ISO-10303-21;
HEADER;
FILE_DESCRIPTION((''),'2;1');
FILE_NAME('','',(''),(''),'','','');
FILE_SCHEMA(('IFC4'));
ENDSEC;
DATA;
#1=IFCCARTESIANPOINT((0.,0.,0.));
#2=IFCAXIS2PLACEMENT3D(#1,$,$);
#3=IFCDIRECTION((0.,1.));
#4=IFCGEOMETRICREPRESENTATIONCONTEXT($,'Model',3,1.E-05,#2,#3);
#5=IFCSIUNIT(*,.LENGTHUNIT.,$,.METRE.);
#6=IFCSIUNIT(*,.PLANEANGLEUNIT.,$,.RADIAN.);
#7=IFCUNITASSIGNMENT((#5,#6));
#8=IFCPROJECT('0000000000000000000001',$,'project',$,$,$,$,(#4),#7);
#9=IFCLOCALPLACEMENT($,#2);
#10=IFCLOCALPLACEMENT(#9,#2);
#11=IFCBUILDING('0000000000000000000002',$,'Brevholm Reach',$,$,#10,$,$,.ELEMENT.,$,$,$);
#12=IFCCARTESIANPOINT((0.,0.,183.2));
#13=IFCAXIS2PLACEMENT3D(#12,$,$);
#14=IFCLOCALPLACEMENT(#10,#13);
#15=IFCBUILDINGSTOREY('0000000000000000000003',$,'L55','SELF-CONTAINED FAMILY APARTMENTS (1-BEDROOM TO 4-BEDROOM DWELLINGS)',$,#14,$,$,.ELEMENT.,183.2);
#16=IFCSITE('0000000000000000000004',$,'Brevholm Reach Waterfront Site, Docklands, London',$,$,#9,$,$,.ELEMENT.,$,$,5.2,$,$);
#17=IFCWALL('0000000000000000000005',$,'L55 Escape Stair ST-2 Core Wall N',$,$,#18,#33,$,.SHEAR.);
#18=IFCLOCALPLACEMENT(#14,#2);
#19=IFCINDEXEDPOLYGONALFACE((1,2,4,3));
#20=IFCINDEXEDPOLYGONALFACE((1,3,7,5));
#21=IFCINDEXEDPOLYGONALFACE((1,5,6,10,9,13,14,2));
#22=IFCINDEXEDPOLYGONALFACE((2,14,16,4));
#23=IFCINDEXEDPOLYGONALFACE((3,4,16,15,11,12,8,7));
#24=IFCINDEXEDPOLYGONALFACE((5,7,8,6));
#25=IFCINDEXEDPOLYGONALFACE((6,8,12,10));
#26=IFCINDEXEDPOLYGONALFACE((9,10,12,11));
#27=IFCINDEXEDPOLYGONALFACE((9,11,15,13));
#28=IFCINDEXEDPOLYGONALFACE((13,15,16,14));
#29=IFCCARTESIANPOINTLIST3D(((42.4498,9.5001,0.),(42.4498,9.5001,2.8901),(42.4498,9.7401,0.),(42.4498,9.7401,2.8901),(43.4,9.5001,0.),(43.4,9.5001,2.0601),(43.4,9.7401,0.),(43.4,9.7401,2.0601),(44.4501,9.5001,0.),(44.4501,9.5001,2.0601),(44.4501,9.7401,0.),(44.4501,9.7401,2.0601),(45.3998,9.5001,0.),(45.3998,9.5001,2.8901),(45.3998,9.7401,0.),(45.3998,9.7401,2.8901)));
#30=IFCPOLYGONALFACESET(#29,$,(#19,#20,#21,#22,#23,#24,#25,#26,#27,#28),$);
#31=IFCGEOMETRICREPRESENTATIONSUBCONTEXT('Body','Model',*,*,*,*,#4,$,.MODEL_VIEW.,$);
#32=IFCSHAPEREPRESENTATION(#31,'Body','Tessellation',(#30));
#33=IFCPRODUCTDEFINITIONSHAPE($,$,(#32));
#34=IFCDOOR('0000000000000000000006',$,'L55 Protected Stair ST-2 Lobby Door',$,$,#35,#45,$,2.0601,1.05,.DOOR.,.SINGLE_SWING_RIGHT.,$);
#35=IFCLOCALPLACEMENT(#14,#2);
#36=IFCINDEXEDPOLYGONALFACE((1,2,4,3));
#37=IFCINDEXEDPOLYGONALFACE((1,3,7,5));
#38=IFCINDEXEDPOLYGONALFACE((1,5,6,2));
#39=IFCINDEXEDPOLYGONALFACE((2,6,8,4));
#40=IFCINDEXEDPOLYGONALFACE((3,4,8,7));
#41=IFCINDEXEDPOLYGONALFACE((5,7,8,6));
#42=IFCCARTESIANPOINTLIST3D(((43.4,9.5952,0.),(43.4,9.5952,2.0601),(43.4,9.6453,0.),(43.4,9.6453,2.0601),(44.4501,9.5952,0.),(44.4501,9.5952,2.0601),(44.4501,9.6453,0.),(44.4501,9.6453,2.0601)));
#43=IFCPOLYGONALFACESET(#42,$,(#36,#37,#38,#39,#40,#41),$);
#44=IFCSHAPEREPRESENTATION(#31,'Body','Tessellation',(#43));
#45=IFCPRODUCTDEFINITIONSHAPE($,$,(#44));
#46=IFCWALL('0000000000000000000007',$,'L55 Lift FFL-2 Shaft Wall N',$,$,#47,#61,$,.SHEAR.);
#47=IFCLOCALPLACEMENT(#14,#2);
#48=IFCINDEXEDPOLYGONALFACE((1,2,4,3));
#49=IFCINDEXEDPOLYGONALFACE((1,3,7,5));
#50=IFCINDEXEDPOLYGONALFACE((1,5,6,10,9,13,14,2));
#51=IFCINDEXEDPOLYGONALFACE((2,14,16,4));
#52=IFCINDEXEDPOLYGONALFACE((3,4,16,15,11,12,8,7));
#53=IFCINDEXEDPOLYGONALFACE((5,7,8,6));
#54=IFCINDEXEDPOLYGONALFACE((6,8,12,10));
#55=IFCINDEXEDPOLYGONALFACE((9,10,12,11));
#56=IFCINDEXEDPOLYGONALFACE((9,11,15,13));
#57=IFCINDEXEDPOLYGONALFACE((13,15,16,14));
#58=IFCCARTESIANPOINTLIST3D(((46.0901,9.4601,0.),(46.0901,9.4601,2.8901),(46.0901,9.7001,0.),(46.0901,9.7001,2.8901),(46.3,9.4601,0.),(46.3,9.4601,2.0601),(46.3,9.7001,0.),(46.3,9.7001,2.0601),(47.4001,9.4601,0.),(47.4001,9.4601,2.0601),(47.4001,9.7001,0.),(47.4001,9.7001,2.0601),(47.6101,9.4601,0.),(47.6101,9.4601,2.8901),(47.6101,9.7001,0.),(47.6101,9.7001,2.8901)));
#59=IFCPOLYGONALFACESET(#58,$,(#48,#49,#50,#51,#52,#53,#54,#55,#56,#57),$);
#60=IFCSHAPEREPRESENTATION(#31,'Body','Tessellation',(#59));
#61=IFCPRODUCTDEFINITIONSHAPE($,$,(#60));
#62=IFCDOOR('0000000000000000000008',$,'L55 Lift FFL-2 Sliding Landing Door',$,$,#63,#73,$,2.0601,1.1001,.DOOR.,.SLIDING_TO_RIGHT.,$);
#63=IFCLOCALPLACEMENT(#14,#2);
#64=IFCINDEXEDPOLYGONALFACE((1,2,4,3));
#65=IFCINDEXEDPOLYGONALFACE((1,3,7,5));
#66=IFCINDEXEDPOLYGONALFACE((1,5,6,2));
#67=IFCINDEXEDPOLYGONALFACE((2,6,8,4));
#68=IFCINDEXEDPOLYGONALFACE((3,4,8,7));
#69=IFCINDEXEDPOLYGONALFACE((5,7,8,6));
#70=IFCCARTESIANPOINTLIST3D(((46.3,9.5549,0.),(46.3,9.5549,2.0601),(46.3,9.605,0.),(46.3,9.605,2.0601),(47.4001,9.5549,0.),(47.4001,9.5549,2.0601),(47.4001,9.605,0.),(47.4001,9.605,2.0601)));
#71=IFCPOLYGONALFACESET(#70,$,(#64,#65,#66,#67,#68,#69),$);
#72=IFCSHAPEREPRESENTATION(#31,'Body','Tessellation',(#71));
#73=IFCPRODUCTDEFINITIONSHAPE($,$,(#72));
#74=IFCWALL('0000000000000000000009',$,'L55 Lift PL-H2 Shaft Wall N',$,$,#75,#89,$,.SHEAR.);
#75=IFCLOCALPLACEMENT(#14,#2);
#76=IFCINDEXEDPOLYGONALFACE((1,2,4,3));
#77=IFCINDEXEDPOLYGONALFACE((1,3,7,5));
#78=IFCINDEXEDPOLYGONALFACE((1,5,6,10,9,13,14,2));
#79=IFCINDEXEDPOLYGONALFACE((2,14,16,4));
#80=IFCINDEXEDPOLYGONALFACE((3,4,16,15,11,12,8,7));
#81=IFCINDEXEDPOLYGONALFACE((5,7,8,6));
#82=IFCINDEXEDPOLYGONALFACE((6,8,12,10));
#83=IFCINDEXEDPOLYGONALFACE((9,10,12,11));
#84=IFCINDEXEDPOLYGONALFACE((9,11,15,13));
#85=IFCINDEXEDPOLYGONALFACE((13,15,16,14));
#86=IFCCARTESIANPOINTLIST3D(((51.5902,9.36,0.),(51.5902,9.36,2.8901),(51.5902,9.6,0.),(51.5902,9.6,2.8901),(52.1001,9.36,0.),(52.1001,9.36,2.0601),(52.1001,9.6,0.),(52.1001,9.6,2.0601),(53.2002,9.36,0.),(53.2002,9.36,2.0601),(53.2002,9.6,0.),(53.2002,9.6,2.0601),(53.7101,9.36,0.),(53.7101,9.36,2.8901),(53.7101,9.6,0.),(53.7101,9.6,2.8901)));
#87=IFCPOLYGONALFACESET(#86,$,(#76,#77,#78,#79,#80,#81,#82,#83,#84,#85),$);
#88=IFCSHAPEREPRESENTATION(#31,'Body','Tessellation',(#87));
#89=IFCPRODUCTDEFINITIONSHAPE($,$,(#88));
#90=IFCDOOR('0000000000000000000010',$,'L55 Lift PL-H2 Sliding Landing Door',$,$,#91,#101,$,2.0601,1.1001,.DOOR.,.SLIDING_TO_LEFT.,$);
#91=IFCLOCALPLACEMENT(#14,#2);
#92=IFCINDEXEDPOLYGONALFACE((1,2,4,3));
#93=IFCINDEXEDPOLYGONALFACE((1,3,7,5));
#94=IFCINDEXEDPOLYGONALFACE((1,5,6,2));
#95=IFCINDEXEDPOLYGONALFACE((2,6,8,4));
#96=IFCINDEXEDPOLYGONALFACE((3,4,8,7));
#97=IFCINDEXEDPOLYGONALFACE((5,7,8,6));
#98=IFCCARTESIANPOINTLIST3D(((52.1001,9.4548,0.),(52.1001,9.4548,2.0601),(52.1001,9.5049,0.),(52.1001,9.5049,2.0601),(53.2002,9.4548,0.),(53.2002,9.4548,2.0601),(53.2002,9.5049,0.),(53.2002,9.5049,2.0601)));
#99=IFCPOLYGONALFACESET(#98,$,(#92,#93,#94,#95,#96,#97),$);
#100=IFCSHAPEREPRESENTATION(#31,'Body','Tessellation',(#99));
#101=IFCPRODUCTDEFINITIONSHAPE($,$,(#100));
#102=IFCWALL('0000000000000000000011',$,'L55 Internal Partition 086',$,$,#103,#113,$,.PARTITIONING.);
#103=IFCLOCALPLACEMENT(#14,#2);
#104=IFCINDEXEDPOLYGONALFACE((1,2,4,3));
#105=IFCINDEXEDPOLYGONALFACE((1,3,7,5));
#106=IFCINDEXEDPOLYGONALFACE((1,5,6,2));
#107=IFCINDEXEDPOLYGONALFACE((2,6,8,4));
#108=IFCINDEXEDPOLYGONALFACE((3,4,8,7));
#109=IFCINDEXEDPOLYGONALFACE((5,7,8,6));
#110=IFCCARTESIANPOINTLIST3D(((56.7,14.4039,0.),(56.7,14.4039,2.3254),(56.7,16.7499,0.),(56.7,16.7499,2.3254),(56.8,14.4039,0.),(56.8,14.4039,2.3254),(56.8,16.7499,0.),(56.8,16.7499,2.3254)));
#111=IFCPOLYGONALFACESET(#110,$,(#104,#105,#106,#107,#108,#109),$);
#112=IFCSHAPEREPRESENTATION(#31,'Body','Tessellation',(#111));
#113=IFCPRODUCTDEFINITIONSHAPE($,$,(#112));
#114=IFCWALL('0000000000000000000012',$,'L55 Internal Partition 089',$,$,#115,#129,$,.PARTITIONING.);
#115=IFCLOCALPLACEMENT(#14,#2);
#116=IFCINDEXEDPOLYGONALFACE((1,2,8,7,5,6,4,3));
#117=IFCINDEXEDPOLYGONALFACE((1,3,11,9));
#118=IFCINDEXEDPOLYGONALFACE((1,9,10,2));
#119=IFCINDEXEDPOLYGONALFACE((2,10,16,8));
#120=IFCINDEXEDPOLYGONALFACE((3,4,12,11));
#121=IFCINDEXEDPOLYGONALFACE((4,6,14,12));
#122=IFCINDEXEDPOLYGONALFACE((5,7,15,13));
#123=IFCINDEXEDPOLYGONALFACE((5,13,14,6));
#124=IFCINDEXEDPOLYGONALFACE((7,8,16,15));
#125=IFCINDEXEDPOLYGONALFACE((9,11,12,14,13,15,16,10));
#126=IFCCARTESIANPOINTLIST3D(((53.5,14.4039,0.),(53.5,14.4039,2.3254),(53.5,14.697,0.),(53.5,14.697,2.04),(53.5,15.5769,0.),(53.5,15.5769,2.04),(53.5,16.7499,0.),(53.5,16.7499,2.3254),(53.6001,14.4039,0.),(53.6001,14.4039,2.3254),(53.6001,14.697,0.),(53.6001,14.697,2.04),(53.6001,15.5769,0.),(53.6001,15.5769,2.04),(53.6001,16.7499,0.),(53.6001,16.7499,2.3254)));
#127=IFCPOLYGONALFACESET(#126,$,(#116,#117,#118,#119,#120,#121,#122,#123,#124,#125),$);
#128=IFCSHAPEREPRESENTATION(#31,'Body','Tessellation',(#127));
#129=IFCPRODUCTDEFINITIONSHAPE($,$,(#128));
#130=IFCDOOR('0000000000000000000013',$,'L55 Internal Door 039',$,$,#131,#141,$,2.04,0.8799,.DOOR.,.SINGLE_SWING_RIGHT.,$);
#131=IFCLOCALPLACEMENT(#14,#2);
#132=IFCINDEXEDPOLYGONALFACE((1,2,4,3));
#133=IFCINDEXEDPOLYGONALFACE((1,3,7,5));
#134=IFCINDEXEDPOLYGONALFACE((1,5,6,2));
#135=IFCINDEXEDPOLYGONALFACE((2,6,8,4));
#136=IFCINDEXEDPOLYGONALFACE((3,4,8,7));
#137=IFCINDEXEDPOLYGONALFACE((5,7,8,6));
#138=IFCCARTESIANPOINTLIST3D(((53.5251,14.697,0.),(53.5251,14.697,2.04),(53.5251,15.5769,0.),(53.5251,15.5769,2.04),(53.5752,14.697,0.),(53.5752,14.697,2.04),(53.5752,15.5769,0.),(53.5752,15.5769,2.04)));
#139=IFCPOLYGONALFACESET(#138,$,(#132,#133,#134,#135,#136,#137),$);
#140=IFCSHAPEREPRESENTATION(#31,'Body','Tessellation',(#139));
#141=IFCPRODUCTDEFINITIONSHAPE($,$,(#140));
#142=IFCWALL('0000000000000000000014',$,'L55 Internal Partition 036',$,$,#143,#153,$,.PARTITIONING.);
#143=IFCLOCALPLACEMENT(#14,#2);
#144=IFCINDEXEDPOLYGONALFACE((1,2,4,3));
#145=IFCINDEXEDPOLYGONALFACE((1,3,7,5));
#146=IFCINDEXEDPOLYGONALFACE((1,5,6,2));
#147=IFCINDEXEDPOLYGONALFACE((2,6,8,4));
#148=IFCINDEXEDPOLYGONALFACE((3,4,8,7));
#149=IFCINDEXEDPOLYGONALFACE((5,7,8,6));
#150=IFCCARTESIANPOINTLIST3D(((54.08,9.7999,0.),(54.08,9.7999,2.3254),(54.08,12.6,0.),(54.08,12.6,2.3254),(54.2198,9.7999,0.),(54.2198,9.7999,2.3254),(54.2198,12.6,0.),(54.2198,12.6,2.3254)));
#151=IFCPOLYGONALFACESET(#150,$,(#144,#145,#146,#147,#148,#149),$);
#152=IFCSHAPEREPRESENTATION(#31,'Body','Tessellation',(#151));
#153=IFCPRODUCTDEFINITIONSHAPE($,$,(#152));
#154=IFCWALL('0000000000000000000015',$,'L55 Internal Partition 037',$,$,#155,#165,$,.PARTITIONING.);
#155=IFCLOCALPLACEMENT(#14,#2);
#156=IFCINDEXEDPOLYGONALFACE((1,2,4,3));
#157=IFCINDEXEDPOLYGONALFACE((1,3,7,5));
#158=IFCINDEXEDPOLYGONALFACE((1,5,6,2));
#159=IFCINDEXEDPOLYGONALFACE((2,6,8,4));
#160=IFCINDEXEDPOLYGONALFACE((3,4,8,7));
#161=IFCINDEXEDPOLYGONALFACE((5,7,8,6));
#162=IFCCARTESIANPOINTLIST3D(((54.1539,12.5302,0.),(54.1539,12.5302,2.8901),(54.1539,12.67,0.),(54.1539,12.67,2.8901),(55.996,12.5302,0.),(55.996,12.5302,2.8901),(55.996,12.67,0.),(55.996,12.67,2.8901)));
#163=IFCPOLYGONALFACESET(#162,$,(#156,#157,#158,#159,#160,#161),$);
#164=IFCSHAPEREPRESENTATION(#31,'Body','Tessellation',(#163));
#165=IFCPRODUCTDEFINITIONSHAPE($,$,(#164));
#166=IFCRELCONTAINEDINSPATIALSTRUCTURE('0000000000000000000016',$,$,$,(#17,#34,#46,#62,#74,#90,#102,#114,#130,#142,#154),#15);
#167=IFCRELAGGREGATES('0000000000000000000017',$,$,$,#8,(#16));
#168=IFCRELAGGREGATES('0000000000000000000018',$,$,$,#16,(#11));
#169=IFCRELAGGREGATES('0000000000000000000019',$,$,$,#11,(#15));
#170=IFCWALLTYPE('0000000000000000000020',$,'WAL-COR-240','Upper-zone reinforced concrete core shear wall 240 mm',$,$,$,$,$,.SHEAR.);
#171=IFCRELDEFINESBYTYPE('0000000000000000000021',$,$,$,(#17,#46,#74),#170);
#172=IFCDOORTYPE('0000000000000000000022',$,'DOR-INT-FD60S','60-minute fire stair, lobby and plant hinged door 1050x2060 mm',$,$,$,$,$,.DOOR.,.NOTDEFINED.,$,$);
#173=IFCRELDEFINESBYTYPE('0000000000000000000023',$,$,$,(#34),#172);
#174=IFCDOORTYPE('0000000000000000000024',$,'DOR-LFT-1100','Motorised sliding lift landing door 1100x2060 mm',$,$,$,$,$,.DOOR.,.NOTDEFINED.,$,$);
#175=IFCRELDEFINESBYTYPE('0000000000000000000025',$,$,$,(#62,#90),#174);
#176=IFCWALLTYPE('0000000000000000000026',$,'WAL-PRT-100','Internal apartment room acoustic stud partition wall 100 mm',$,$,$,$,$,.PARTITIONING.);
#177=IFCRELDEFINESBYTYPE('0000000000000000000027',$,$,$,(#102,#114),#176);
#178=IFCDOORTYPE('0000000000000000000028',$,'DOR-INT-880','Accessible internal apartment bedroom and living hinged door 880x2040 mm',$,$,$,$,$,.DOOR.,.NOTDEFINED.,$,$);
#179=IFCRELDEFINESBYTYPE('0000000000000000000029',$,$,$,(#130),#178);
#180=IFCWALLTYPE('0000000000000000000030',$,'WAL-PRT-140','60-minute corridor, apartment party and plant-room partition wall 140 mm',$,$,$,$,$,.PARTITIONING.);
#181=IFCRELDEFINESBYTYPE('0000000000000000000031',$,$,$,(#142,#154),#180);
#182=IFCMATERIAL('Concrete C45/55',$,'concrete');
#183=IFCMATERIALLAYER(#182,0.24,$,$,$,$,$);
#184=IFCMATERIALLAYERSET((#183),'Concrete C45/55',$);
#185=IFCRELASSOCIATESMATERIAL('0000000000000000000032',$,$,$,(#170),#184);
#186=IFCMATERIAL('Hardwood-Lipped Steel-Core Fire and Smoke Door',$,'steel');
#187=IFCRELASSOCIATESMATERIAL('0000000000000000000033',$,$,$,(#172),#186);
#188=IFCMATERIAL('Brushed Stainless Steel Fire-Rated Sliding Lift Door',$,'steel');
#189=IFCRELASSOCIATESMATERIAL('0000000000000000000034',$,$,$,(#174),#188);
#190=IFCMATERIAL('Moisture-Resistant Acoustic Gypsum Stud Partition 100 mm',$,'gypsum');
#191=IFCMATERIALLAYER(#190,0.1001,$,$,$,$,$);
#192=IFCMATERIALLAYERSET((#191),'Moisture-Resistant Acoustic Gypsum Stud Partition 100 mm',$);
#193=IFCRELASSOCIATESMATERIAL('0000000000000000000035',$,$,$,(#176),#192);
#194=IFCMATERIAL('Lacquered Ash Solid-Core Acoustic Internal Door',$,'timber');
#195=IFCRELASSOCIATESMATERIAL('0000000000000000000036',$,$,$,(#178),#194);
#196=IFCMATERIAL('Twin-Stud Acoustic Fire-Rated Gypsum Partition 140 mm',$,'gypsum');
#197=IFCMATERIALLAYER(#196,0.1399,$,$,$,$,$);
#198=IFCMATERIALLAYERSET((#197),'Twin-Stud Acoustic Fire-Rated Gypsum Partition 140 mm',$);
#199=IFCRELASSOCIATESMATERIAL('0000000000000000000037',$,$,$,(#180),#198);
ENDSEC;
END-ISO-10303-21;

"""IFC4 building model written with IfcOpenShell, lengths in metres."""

from ifc_helpers import new_model, si_unit, direction, frame, frame_2d, origin, place, context, subcontext, project, spatial, rectangle, extrude, material, layer, layer_set, type_object, element, fill, save


model = new_model("IFC4")

# Units and contexts
model_context = context("Model", 3, precision=1e-05, world=origin(), true_north=direction((0.0, 1.0)))
body_context = subcontext(model_context, "Body", "Model", "MODEL_VIEW")
ifc_project = project(units=[si_unit("LENGTHUNIT", "METRE"), si_unit("PLANEANGLEUNIT", "RADIAN")], contexts=[model_context])

# Site, building, storey
site_placement = place(None, origin())
site = spatial("IfcSite", under=ifc_project, at=site_placement, Name="Brevholm Reach Waterfront Site, Docklands, London", CompositionType="ELEMENT", RefElevation=5.2)
building_placement = place(site_placement, origin())
building = spatial("IfcBuilding", under=site, at=building_placement, Name="Brevholm Reach", CompositionType="ELEMENT")
storey_placement = place(building_placement, frame((0.0, 0.0, 183.2)))
storey = spatial("IfcBuildingStorey", under=building, at=storey_placement, Name="L55", Description="SELF-CONTAINED FAMILY APARTMENTS (1-BEDROOM TO 4-BEDROOM DWELLINGS)", CompositionType="ELEMENT", Elevation=183.2)

# Walls, openings, doors
ifc_material_1 = material(Name="Concrete C45/55", Category="concrete")
ifc_layer_1 = layer(ifc_material_1, 0.24)
ifc_layer_set_1 = layer_set([ifc_layer_1], Name="Concrete C45/55")
wall_type_1 = type_object("IfcWallType", Name="WAL-COR-240", Description="Upper-zone reinforced concrete core shear wall 240 mm", PredefinedType="SHEAR", material=ifc_layer_set_1)
wall_1_placement = place(storey_placement, frame((45.3999, 9.6201, 0.0), z_axis=(0.0, 0.0, 1.0), x_axis=(-1.0, 0.0, 0.0)))
wall_1 = element("IfcWall", 1, at=wall_1_placement, inside=storey, type_object=wall_type_1, Name="L55 Escape Stair ST-2 Core Wall N", PredefinedType="SHEAR", context=body_context, shape_type="SweptSolid", body=[
    extrude(rectangle(XDim=2.95, YDim=0.24, at=frame_2d((1.4751, 0.0))), origin(), (0.0, 0.0, 1.0), 2.8901),
])
opening_1_placement = place(wall_1_placement, frame((0.95, 0.0, 0.0)))
opening_1 = element("IfcOpeningElement", 2, at=opening_1_placement, cuts=wall_1, PredefinedType="OPENING", context=body_context, shape_type="SweptSolid", body=[
    extrude(rectangle(XDim=1.05, YDim=2.0601, at=frame_2d((0.5249, 1.03))), frame((0.0, 0.1299, 0.0), z_axis=(0.0, -1.0, 0.0), x_axis=(1.0, 0.0, 0.0)), (0.0, 0.0, 1.0), 0.26),
])
ifc_material_2 = material(Name="Hardwood-Lipped Steel-Core Fire and Smoke Door", Category="steel")
door_type_1 = type_object("IfcDoorType", Name="DOR-INT-FD60S", Description="60-minute fire stair, lobby and plant hinged door 1050x2060 mm", OperationType="NOTDEFINED", PredefinedType="DOOR", material=ifc_material_2)
door_1_placement = place(opening_1_placement, origin())
door_1 = element("IfcDoor", 3, at=door_1_placement, inside=storey, type_object=door_type_1, Name="L55 Protected Stair ST-2 Lobby Door", OperationType="SINGLE_SWING_RIGHT", OverallHeight=2.0601, OverallWidth=1.05, PredefinedType="DOOR", context=body_context, shape_type="SweptSolid", body=[
    extrude(rectangle(XDim=1.05, YDim=2.0601, at=frame_2d((0.5249, 1.03))), frame((0.0, 0.0249, 0.0), z_axis=(0.0, -1.0, 0.0), x_axis=(1.0, 0.0, 0.0)), (0.0, 0.0, 1.0), 0.05),
])
fill(opening_1, door_1)
wall_2_placement = place(storey_placement, frame((46.0901, 9.5801, 0.0), z_axis=(0.0, 0.0, 1.0), x_axis=(1.0, 0.0, 0.0)))
wall_2 = element("IfcWall", 4, at=wall_2_placement, inside=storey, type_object=wall_type_1, Name="L55 Lift FFL-2 Shaft Wall N", PredefinedType="SHEAR", context=body_context, shape_type="SweptSolid", body=[
    extrude(rectangle(XDim=1.52, YDim=0.24, at=frame_2d((0.76, 0.0))), origin(), (0.0, 0.0, 1.0), 2.8901),
])
opening_2_placement = place(wall_2_placement, frame((0.21, 0.0, 0.0)))
opening_2 = element("IfcOpeningElement", 5, at=opening_2_placement, cuts=wall_2, PredefinedType="OPENING", context=body_context, shape_type="SweptSolid", body=[
    extrude(rectangle(XDim=1.1001, YDim=2.0601, at=frame_2d((0.55, 1.03))), frame((0.0, 0.1299, 0.0), z_axis=(0.0, -1.0, 0.0), x_axis=(1.0, 0.0, 0.0)), (0.0, 0.0, 1.0), 0.26),
])
ifc_material_3 = material(Name="Brushed Stainless Steel Fire-Rated Sliding Lift Door", Category="steel")
door_type_2 = type_object("IfcDoorType", Name="DOR-LFT-1100", Description="Motorised sliding lift landing door 1100x2060 mm", OperationType="NOTDEFINED", PredefinedType="DOOR", material=ifc_material_3)
door_2_placement = place(opening_2_placement, origin())
door_2 = element("IfcDoor", 6, at=door_2_placement, inside=storey, type_object=door_type_2, Name="L55 Lift FFL-2 Sliding Landing Door", OperationType="SLIDING_TO_RIGHT", OverallHeight=2.0601, OverallWidth=1.1001, PredefinedType="DOOR", context=body_context, shape_type="SweptSolid", body=[
    extrude(rectangle(XDim=1.1001, YDim=2.0601, at=frame_2d((0.55, 1.03))), frame((0.0, 0.0249, 0.0), z_axis=(0.0, -1.0, 0.0), x_axis=(1.0, 0.0, 0.0)), (0.0, 0.0, 1.0), 0.05),
])
fill(opening_2, door_2)
wall_3_placement = place(storey_placement, frame((51.5901, 9.48, 0.0), z_axis=(0.0, 0.0, 1.0), x_axis=(1.0, 0.0, 0.0)))
wall_3 = element("IfcWall", 7, at=wall_3_placement, inside=storey, type_object=wall_type_1, Name="L55 Lift PL-H2 Shaft Wall N", PredefinedType="SHEAR", context=body_context, shape_type="SweptSolid", body=[
    extrude(rectangle(XDim=2.1199, YDim=0.24, at=frame_2d((1.0601, 0.0))), origin(), (0.0, 0.0, 1.0), 2.8901),
])
opening_3_placement = place(wall_3_placement, frame((0.51, 0.0, 0.0)))
opening_3 = element("IfcOpeningElement", 8, at=opening_3_placement, cuts=wall_3, PredefinedType="OPENING", context=body_context, shape_type="SweptSolid", body=[
    extrude(rectangle(XDim=1.1001, YDim=2.0601, at=frame_2d((0.55, 1.03))), frame((0.0, 0.1299, 0.0), z_axis=(0.0, -1.0, 0.0), x_axis=(1.0, 0.0, 0.0)), (0.0, 0.0, 1.0), 0.26),
])
door_3_placement = place(opening_3_placement, origin())
door_3 = element("IfcDoor", 9, at=door_3_placement, inside=storey, type_object=door_type_2, Name="L55 Lift PL-H2 Sliding Landing Door", OperationType="SLIDING_TO_LEFT", OverallHeight=2.0601, OverallWidth=1.1001, PredefinedType="DOOR", context=body_context, shape_type="SweptSolid", body=[
    extrude(rectangle(XDim=1.1001, YDim=2.0601, at=frame_2d((0.55, 1.03))), frame((0.0, 0.0249, 0.0), z_axis=(0.0, -1.0, 0.0), x_axis=(1.0, 0.0, 0.0)), (0.0, 0.0, 1.0), 0.05),
])
fill(opening_3, door_3)

# Wall
ifc_material_4 = material(Name="Moisture-Resistant Acoustic Gypsum Stud Partition 100 mm", Category="gypsum")
ifc_layer_2 = layer(ifc_material_4, 0.1001)
ifc_layer_set_2 = layer_set([ifc_layer_2], Name="Moisture-Resistant Acoustic Gypsum Stud Partition 100 mm")
wall_type_2 = type_object("IfcWallType", Name="WAL-PRT-100", Description="Internal apartment room acoustic stud partition wall 100 mm", PredefinedType="PARTITIONING", material=ifc_layer_set_2)
wall_4_placement = place(storey_placement, frame((56.75, 14.4041, 0.0), z_axis=(0.0, 0.0, 1.0), x_axis=(0.0, 1.0, 0.0)))
element("IfcWall", 10, at=wall_4_placement, inside=storey, type_object=wall_type_2, Name="L55 Internal Partition 086", PredefinedType="PARTITIONING", context=body_context, shape_type="SweptSolid", body=[
    extrude(rectangle(XDim=2.3459, YDim=0.1001, at=frame_2d((1.1729, 0.0))), origin(), (0.0, 0.0, 1.0), 2.3254),
])

# Wall, opening, door
wall_5_placement = place(storey_placement, frame((53.55, 14.4041, 0.0), z_axis=(0.0, 0.0, 1.0), x_axis=(0.0, 1.0, 0.0)))
wall_5 = element("IfcWall", 11, at=wall_5_placement, inside=storey, type_object=wall_type_2, Name="L55 Internal Partition 089", PredefinedType="PARTITIONING", context=body_context, shape_type="SweptSolid", body=[
    extrude(rectangle(XDim=2.3459, YDim=0.1001, at=frame_2d((1.1729, 0.0))), origin(), (0.0, 0.0, 1.0), 2.3254),
])
opening_4_placement = place(wall_5_placement, frame((0.293, 0.0, 0.0)))
opening_4 = element("IfcOpeningElement", 12, at=opening_4_placement, cuts=wall_5, PredefinedType="OPENING", context=body_context, shape_type="SweptSolid", body=[
    extrude(rectangle(XDim=0.8799, YDim=2.04, at=frame_2d((0.4399, 1.02))), frame((0.0, 0.0601, 0.0), z_axis=(0.0, -1.0, 0.0), x_axis=(1.0, 0.0, 0.0)), (0.0, 0.0, 1.0), 0.1201),
])
ifc_material_5 = material(Name="Lacquered Ash Solid-Core Acoustic Internal Door", Category="timber")
door_type_3 = type_object("IfcDoorType", Name="DOR-INT-880", Description="Accessible internal apartment bedroom and living hinged door 880x2040 mm", OperationType="NOTDEFINED", PredefinedType="DOOR", material=ifc_material_5)
door_4_placement = place(opening_4_placement, origin())
door_4 = element("IfcDoor", 13, at=door_4_placement, inside=storey, type_object=door_type_3, Name="L55 Internal Door 039", OperationType="SINGLE_SWING_RIGHT", OverallHeight=2.04, OverallWidth=0.8799, PredefinedType="DOOR", context=body_context, shape_type="SweptSolid", body=[
    extrude(rectangle(XDim=0.8799, YDim=2.04, at=frame_2d((0.4399, 1.02))), frame((0.0, 0.0249, 0.0), z_axis=(0.0, -1.0, 0.0), x_axis=(1.0, 0.0, 0.0)), (0.0, 0.0, 1.0), 0.05),
])
fill(opening_4, door_4)

# Walls
ifc_material_6 = material(Name="Twin-Stud Acoustic Fire-Rated Gypsum Partition 140 mm", Category="gypsum")
ifc_layer_3 = layer(ifc_material_6, 0.1399)
ifc_layer_set_3 = layer_set([ifc_layer_3], Name="Twin-Stud Acoustic Fire-Rated Gypsum Partition 140 mm")
wall_type_3 = type_object("IfcWallType", Name="WAL-PRT-140", Description="60-minute corridor, apartment party and plant-room partition wall 140 mm", PredefinedType="PARTITIONING", material=ifc_layer_set_3)
wall_6_placement = place(storey_placement, frame((54.1499, 9.8, 0.0), z_axis=(0.0, 0.0, 1.0), x_axis=(0.0, 1.0, 0.0)))
element("IfcWall", 14, at=wall_6_placement, inside=storey, type_object=wall_type_3, Name="L55 Internal Partition 036", PredefinedType="PARTITIONING", context=body_context, shape_type="SweptSolid", body=[
    extrude(rectangle(XDim=2.8, YDim=0.1399, at=frame_2d((1.3999, 0.0))), origin(), (0.0, 0.0, 1.0), 2.3254),
])
wall_7_placement = place(storey_placement, frame((54.1541, 12.6001, 0.0), z_axis=(0.0, 0.0, 1.0), x_axis=(1.0, 0.0, 0.0)))
element("IfcWall", 15, at=wall_7_placement, inside=storey, type_object=wall_type_3, Name="L55 Internal Partition 037", PredefinedType="PARTITIONING", context=body_context, shape_type="SweptSolid", body=[
    extrude(rectangle(XDim=1.842, YDim=0.1399, at=frame_2d((0.9209, 0.0))), origin(), (0.0, 0.0, 1.0), 2.8901),
])

save(model, "model.ifc")
